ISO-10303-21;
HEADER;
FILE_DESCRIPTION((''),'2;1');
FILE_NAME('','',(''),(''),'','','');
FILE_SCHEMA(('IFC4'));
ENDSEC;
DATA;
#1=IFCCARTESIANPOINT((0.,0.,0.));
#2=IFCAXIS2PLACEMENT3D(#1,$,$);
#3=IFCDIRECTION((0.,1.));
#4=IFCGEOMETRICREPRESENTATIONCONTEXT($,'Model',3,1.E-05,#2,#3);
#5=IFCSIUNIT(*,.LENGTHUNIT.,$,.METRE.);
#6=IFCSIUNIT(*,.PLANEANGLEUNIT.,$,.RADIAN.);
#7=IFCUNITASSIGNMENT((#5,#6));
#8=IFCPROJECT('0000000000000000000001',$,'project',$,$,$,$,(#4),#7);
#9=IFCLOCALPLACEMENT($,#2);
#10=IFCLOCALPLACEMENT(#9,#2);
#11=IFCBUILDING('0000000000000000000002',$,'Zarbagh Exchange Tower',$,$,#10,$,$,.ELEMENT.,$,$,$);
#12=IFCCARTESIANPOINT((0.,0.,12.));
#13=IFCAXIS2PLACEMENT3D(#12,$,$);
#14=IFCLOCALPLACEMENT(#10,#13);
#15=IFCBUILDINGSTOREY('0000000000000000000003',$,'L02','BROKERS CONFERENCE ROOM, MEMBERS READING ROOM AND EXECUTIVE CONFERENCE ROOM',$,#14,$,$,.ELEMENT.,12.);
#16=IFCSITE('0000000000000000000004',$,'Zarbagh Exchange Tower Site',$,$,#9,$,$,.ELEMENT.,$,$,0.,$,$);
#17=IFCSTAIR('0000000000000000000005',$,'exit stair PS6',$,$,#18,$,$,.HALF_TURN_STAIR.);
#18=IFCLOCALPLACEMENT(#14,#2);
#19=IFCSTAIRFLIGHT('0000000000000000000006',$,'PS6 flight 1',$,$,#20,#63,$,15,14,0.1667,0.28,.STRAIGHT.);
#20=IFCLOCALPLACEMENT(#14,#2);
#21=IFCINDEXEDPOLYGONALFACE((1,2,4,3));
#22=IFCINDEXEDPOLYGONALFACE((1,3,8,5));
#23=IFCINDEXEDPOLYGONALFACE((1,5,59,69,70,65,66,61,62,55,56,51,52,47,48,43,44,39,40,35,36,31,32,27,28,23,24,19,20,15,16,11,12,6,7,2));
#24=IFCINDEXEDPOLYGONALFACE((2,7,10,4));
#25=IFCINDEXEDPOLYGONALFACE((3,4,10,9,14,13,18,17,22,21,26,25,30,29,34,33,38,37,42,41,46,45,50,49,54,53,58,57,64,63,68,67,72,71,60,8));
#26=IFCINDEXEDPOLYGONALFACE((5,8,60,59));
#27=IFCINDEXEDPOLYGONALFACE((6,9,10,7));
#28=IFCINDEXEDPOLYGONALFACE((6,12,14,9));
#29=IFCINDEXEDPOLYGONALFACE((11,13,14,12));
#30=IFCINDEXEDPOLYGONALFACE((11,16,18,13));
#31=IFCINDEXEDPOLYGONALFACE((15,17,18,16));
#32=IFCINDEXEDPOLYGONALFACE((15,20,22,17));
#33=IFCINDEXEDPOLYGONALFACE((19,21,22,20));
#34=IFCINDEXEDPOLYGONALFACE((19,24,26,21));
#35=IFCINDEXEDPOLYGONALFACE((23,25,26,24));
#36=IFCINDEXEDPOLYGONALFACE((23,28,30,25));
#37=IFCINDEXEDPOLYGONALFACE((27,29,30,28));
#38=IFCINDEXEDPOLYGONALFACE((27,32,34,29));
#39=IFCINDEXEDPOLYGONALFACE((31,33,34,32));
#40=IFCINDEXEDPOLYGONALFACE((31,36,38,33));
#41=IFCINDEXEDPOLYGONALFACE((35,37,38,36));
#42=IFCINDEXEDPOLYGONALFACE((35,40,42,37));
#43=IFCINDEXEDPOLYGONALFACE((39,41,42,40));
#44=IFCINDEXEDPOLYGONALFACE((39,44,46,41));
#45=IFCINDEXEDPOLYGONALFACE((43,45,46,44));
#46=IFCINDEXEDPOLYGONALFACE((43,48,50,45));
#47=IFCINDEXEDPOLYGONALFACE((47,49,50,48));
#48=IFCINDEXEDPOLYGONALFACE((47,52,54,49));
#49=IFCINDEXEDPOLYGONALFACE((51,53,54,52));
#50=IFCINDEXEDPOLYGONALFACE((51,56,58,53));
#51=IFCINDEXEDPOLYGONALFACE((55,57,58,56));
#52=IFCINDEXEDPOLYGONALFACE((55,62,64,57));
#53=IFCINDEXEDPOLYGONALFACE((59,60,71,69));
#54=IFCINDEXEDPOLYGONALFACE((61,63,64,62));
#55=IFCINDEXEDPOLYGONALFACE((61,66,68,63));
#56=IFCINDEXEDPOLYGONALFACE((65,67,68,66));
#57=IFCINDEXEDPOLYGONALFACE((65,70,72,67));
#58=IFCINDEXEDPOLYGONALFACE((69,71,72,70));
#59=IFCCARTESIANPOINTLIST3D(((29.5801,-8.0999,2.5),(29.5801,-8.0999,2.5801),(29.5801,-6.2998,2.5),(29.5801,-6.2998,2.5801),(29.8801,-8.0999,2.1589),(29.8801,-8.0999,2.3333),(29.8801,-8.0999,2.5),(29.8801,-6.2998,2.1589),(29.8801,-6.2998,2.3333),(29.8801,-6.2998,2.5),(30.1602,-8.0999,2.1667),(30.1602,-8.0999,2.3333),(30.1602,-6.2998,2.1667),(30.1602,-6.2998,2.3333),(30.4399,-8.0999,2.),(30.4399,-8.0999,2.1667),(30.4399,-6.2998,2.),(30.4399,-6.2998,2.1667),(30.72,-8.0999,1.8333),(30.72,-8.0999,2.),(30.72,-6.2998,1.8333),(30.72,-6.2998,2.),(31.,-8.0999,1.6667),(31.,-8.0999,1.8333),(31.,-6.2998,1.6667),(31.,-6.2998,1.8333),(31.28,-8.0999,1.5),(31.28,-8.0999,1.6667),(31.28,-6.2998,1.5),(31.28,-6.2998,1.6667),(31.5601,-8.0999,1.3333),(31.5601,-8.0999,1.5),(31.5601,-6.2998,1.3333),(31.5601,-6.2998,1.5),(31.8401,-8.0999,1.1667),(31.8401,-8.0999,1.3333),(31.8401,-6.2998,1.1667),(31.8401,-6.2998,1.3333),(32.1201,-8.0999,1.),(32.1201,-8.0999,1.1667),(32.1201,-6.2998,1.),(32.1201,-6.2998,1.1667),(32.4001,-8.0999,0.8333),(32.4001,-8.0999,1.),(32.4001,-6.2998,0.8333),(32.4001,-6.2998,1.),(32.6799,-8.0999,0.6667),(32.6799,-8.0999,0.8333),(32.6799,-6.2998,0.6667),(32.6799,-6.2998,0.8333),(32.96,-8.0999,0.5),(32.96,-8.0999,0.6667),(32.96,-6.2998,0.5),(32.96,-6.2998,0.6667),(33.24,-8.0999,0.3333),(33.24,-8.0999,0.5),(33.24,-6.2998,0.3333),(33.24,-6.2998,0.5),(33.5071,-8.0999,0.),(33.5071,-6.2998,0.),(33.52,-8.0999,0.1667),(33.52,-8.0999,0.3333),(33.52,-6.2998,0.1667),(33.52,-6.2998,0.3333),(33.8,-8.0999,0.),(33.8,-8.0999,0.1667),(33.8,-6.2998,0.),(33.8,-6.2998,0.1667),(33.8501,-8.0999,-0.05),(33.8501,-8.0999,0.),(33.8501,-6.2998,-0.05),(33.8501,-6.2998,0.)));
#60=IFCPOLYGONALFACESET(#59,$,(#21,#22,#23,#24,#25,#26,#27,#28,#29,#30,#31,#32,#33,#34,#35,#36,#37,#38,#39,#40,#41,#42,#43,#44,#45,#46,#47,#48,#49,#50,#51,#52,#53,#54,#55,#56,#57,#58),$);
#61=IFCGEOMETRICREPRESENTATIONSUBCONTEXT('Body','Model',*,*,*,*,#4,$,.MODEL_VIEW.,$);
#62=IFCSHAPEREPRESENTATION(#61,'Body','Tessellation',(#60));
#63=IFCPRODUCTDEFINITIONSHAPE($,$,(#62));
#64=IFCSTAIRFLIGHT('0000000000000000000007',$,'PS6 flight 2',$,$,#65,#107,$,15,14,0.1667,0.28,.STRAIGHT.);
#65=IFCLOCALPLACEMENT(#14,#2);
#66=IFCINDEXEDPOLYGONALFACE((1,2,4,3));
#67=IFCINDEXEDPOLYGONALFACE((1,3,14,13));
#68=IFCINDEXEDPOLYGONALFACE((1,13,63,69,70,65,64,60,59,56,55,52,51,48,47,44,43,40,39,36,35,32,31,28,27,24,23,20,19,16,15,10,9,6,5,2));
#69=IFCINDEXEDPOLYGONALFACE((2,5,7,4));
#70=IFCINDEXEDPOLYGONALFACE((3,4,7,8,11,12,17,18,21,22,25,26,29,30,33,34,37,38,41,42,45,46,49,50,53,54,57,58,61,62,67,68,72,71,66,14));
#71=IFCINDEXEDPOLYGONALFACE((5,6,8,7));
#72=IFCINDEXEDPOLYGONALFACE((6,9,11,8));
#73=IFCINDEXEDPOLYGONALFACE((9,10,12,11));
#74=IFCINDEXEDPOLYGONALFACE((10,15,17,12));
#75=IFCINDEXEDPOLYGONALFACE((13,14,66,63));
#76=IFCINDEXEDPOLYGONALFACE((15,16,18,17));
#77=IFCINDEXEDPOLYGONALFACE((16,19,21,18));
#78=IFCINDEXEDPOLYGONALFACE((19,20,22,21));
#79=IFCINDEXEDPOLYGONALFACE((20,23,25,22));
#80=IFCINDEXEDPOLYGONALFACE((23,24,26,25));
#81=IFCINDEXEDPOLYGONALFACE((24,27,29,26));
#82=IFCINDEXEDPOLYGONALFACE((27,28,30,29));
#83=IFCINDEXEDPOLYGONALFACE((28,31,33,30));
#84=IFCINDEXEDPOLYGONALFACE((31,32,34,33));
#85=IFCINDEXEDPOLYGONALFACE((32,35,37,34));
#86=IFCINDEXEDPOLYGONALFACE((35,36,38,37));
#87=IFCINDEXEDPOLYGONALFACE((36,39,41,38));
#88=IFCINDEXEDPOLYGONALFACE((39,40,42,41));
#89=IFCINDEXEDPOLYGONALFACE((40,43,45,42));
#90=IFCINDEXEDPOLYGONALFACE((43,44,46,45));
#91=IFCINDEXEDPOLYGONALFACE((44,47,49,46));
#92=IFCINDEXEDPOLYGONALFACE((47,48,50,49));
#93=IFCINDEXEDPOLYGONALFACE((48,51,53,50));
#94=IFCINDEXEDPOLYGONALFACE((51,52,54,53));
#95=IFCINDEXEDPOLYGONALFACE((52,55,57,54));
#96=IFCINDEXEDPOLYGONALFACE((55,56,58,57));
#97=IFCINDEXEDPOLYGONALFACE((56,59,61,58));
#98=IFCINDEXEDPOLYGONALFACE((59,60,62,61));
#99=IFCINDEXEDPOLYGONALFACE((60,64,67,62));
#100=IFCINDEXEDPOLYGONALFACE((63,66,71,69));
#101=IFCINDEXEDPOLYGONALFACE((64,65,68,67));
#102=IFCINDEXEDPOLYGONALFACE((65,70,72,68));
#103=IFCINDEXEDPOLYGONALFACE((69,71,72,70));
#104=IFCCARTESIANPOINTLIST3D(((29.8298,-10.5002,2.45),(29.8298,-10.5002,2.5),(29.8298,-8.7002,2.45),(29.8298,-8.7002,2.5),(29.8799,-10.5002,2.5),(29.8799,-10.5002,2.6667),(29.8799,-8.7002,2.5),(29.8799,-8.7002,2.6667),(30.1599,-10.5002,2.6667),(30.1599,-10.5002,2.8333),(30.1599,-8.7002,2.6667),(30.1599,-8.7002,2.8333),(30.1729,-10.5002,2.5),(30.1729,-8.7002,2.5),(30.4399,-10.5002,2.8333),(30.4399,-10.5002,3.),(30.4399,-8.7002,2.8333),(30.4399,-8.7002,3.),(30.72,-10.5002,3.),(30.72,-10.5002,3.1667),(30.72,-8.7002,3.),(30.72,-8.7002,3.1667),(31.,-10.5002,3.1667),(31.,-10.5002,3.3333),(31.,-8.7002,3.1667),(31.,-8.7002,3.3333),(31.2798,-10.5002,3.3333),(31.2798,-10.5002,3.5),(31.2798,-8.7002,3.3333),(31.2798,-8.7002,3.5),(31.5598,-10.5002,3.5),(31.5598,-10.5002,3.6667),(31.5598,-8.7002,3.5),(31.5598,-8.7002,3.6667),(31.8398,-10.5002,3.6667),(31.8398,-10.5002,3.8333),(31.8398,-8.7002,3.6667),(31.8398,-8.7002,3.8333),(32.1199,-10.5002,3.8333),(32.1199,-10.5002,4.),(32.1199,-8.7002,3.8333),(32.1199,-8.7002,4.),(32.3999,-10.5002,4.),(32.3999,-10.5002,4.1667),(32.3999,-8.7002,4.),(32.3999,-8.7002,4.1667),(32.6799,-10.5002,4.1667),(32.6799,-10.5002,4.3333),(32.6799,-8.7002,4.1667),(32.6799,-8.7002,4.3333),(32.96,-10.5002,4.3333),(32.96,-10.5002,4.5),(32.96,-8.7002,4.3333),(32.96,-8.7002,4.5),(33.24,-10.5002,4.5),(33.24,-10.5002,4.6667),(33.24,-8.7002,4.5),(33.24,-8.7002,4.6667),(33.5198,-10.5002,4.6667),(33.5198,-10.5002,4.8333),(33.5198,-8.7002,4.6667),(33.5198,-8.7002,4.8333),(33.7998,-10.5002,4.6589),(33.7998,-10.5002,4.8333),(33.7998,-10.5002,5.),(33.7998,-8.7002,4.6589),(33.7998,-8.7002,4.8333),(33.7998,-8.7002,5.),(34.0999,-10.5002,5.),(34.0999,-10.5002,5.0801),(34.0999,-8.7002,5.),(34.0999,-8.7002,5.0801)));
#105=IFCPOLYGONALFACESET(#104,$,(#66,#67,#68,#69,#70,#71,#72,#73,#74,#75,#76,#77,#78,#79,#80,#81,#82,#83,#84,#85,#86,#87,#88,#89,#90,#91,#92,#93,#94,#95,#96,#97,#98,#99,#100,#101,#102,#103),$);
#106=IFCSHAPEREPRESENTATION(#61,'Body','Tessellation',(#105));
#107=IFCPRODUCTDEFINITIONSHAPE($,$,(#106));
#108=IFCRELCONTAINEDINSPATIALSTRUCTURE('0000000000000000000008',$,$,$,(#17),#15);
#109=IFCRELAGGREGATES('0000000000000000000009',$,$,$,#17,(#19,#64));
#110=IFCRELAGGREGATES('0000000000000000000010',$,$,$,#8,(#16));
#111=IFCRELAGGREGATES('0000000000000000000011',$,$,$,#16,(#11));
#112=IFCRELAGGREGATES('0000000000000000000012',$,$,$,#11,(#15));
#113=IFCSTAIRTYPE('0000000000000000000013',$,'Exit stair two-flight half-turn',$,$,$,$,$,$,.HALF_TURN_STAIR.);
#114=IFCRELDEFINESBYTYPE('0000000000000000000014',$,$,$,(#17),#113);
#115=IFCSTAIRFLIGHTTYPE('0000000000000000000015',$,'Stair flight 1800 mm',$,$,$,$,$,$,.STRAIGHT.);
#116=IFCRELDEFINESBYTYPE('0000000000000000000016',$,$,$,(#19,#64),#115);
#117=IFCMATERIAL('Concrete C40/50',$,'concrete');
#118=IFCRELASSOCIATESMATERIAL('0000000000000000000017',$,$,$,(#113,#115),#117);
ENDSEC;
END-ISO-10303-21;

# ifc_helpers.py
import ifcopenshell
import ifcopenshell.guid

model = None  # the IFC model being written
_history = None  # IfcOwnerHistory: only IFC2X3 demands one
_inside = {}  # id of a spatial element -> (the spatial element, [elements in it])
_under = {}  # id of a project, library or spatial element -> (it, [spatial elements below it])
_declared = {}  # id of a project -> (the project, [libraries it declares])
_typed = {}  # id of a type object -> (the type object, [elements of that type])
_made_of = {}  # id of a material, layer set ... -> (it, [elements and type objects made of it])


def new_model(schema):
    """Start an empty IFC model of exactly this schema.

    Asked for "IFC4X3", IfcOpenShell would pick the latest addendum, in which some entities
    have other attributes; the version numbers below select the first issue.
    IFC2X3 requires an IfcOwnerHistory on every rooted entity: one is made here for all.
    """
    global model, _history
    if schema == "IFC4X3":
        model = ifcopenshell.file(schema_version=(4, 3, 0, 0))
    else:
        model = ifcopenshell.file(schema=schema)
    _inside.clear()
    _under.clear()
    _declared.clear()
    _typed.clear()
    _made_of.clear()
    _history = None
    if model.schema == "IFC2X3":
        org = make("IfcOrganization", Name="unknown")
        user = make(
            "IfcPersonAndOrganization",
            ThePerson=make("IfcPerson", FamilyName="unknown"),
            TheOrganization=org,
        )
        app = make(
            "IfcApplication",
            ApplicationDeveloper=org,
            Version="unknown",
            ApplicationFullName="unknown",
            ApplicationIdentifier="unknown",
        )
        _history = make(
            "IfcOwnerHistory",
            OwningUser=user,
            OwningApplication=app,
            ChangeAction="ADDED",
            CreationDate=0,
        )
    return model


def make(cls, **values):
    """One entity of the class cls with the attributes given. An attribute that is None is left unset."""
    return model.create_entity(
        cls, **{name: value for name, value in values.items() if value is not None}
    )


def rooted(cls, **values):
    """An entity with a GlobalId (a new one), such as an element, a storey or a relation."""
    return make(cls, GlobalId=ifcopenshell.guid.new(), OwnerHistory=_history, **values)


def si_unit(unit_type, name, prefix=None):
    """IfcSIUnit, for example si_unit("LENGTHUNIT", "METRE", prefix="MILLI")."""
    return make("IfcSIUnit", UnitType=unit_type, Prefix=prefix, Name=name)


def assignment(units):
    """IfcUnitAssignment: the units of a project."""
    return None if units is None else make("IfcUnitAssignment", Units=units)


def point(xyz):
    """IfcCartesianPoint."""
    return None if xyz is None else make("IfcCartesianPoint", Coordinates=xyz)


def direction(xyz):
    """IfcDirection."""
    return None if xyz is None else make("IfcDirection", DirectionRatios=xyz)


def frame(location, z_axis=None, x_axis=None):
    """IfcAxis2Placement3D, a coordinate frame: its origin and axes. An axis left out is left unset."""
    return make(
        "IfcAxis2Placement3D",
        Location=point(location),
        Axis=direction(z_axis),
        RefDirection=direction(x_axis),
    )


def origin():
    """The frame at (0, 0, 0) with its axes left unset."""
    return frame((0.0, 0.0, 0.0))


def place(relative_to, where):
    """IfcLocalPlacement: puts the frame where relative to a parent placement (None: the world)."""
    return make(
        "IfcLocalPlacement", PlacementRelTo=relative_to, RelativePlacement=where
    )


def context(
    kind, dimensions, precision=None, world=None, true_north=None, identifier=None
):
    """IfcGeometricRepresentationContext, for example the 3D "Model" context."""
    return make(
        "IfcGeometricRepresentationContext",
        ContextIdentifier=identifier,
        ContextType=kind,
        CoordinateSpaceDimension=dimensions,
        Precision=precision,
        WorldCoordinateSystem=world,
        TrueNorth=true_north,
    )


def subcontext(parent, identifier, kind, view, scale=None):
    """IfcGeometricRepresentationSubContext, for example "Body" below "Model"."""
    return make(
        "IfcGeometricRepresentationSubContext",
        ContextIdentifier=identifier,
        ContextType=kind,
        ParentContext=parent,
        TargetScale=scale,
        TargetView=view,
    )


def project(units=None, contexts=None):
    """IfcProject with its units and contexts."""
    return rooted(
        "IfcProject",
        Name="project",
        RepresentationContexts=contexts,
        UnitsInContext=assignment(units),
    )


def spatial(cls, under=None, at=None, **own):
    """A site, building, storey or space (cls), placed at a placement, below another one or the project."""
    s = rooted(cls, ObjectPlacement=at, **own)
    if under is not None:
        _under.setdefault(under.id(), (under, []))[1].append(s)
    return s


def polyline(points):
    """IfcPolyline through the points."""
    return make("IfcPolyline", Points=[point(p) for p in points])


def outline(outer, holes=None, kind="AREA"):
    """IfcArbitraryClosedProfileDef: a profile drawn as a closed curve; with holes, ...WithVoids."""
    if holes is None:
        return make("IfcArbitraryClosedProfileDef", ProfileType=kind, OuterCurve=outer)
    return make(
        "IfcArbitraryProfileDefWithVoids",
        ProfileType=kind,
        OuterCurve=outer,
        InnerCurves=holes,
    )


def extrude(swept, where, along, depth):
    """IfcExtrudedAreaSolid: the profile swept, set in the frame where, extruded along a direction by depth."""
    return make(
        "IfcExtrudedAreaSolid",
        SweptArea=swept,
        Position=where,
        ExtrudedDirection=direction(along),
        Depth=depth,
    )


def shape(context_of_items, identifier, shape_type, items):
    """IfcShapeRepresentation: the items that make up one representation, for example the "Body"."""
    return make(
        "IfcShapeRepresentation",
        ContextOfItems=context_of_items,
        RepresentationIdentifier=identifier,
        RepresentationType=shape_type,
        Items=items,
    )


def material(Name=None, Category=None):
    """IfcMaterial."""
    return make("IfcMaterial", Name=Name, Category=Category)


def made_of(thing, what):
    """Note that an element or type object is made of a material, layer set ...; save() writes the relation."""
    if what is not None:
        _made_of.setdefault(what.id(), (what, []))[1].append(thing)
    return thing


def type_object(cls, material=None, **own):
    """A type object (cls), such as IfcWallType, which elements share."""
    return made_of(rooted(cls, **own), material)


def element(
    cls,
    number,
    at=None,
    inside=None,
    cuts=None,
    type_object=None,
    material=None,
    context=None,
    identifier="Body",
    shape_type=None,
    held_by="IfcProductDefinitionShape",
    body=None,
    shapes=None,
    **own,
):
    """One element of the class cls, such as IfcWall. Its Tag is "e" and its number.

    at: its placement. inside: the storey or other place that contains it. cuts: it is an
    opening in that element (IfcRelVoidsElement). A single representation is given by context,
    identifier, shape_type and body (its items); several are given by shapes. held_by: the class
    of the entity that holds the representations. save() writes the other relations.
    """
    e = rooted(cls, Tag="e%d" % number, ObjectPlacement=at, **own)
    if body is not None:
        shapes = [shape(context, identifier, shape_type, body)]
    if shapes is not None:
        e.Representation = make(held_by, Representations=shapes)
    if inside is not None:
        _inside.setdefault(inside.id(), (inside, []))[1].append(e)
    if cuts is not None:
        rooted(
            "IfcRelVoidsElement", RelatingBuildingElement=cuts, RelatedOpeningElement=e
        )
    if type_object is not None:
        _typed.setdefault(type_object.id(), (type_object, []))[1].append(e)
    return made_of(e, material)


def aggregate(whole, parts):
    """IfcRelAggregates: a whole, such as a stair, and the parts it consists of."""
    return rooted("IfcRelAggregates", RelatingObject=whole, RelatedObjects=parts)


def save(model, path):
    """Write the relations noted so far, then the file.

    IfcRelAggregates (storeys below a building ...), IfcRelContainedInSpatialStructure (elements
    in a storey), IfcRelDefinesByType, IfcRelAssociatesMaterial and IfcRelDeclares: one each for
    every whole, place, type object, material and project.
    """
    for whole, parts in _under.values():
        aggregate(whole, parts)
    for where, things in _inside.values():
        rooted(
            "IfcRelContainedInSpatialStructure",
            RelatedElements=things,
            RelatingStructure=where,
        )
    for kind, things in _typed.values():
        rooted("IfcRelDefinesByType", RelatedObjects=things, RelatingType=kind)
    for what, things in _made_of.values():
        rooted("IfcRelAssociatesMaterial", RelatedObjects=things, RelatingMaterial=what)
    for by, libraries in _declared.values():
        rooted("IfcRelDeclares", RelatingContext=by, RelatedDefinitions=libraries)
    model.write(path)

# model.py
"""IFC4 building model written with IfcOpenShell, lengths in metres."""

from ifc_helpers import new_model, si_unit, direction, frame, origin, place, context, subcontext, project, spatial, polyline, outline, extrude, material, type_object, element, aggregate, save


model = new_model("IFC4")

# Units and contexts
model_context = context("Model", 3, precision=1e-05, world=origin(), true_north=direction((0.0, 1.0)))
body_context = subcontext(model_context, "Body", "Model", "MODEL_VIEW")
ifc_project = project(units=[si_unit("LENGTHUNIT", "METRE"), si_unit("PLANEANGLEUNIT", "RADIAN")], contexts=[model_context])

# Site, building, storey
site_placement = place(None, origin())
site = spatial("IfcSite", under=ifc_project, at=site_placement, Name="Zarbagh Exchange Tower Site", CompositionType="ELEMENT", RefElevation=0.0)
building_placement = place(site_placement, origin())
building = spatial("IfcBuilding", under=site, at=building_placement, Name="Zarbagh Exchange Tower", CompositionType="ELEMENT")
storey_placement = place(building_placement, frame((0.0, 0.0, 12.0)))
storey = spatial("IfcBuildingStorey", under=building, at=storey_placement, Name="L02", Description="BROKERS CONFERENCE ROOM, MEMBERS READING ROOM AND EXECUTIVE CONFERENCE ROOM", CompositionType="ELEMENT", Elevation=12.0)

# Shared definitions
ifc_material_1 = material(Name="Concrete C40/50", Category="concrete")

# Stair, stair flights
stair_type = type_object("IfcStairType", Name="Exit stair two-flight half-turn", PredefinedType="HALF_TURN_STAIR", material=ifc_material_1)
stair_placement = place(storey_placement, origin())
stair = element("IfcStair", 1, at=stair_placement, inside=storey, type_object=stair_type, Name="exit stair PS6", PredefinedType="HALF_TURN_STAIR")
stair_flight_type = type_object("IfcStairFlightType", Name="Stair flight 1800 mm", PredefinedType="STRAIGHT", material=ifc_material_1)
stair_flight_1_placement = place(storey_placement, frame((33.8, -7.2, 0.0), z_axis=(0.0, 0.0, 1.0), x_axis=(-1.0, 0.0, 0.0)))
stair_flight_1 = element("IfcStairFlight", 2, at=stair_flight_1_placement, type_object=stair_flight_type, Name="PS6 flight 1", NumberOfRisers=15, NumberOfTreads=14, PredefinedType="STRAIGHT", RiserHeight=0.1667, TreadLength=0.28, context=body_context, shape_type="SweptSolid", body=[
    extrude(outline(polyline([(-0.05, -0.05), (-0.05, 0.0), (0.0, 0.0), (0.0, 0.1667), (0.28, 0.1667), (0.28, 0.3333), (0.5601, 0.3333), (0.5601, 0.5), (0.8401, 0.5), (0.8401, 0.6667), (1.1201, 0.6667), (1.1201, 0.8333), (1.3999, 0.8333), (1.3999, 1.0), (1.6799, 1.0), (1.6799, 1.1667), (1.96, 1.1667), (1.96, 1.3333), (2.24, 1.3333), (2.24, 1.5), (2.52, 1.5), (2.52, 1.6667), (2.8, 1.6667), (2.8, 1.8333), (3.0801, 1.8333), (3.0801, 2.0), (3.3601, 2.0), (3.3601, 2.1667), (3.6399, 2.1667), (3.6399, 2.3333), (3.9199, 2.3333), (3.9199, 2.5), (4.22, 2.5801), (4.22, 2.5), (3.9199, 2.1589), (0.293, 0.0), (-0.05, -0.05)])), frame((0.0, 0.8999, 0.0), z_axis=(0.0, -1.0, 0.0), x_axis=(1.0, 0.0, 0.0)), (0.0, 0.0, 1.0), 1.8),
])
stair_flight_2_placement = place(storey_placement, frame((29.8799, -9.6001, 2.5), z_axis=(0.0, 0.0, 1.0), x_axis=(1.0, 0.0, 0.0)))
stair_flight_2 = element("IfcStairFlight", 3, at=stair_flight_2_placement, type_object=stair_flight_type, Name="PS6 flight 2", NumberOfRisers=15, NumberOfTreads=14, PredefinedType="STRAIGHT", RiserHeight=0.1667, TreadLength=0.28, context=body_context, shape_type="SweptSolid", body=[
    extrude(outline(polyline([(-0.05, -0.05), (-0.05, 0.0), (0.0, 0.0), (0.0, 0.1667), (0.28, 0.1667), (0.28, 0.3333), (0.5601, 0.3333), (0.5601, 0.5), (0.8401, 0.5), (0.8401, 0.6667), (1.1201, 0.6667), (1.1201, 0.8333), (1.3999, 0.8333), (1.3999, 1.0), (1.6799, 1.0), (1.6799, 1.1667), (1.96, 1.1667), (1.96, 1.3333), (2.24, 1.3333), (2.24, 1.5), (2.52, 1.5), (2.52, 1.6667), (2.8, 1.6667), (2.8, 1.8333), (3.0801, 1.8333), (3.0801, 2.0), (3.3601, 2.0), (3.3601, 2.1667), (3.6399, 2.1667), (3.6399, 2.3333), (3.9199, 2.3333), (3.9199, 2.5), (4.22, 2.5801), (4.22, 2.5), (3.9199, 2.1589), (0.293, 0.0), (-0.05, -0.05)])), frame((0.0, 0.8999, 0.0), z_axis=(0.0, -1.0, 0.0), x_axis=(1.0, 0.0, 0.0)), (0.0, 0.0, 1.0), 1.8),
])
aggregate(stair, [stair_flight_1, stair_flight_2])

save(model, "model.ifc")
